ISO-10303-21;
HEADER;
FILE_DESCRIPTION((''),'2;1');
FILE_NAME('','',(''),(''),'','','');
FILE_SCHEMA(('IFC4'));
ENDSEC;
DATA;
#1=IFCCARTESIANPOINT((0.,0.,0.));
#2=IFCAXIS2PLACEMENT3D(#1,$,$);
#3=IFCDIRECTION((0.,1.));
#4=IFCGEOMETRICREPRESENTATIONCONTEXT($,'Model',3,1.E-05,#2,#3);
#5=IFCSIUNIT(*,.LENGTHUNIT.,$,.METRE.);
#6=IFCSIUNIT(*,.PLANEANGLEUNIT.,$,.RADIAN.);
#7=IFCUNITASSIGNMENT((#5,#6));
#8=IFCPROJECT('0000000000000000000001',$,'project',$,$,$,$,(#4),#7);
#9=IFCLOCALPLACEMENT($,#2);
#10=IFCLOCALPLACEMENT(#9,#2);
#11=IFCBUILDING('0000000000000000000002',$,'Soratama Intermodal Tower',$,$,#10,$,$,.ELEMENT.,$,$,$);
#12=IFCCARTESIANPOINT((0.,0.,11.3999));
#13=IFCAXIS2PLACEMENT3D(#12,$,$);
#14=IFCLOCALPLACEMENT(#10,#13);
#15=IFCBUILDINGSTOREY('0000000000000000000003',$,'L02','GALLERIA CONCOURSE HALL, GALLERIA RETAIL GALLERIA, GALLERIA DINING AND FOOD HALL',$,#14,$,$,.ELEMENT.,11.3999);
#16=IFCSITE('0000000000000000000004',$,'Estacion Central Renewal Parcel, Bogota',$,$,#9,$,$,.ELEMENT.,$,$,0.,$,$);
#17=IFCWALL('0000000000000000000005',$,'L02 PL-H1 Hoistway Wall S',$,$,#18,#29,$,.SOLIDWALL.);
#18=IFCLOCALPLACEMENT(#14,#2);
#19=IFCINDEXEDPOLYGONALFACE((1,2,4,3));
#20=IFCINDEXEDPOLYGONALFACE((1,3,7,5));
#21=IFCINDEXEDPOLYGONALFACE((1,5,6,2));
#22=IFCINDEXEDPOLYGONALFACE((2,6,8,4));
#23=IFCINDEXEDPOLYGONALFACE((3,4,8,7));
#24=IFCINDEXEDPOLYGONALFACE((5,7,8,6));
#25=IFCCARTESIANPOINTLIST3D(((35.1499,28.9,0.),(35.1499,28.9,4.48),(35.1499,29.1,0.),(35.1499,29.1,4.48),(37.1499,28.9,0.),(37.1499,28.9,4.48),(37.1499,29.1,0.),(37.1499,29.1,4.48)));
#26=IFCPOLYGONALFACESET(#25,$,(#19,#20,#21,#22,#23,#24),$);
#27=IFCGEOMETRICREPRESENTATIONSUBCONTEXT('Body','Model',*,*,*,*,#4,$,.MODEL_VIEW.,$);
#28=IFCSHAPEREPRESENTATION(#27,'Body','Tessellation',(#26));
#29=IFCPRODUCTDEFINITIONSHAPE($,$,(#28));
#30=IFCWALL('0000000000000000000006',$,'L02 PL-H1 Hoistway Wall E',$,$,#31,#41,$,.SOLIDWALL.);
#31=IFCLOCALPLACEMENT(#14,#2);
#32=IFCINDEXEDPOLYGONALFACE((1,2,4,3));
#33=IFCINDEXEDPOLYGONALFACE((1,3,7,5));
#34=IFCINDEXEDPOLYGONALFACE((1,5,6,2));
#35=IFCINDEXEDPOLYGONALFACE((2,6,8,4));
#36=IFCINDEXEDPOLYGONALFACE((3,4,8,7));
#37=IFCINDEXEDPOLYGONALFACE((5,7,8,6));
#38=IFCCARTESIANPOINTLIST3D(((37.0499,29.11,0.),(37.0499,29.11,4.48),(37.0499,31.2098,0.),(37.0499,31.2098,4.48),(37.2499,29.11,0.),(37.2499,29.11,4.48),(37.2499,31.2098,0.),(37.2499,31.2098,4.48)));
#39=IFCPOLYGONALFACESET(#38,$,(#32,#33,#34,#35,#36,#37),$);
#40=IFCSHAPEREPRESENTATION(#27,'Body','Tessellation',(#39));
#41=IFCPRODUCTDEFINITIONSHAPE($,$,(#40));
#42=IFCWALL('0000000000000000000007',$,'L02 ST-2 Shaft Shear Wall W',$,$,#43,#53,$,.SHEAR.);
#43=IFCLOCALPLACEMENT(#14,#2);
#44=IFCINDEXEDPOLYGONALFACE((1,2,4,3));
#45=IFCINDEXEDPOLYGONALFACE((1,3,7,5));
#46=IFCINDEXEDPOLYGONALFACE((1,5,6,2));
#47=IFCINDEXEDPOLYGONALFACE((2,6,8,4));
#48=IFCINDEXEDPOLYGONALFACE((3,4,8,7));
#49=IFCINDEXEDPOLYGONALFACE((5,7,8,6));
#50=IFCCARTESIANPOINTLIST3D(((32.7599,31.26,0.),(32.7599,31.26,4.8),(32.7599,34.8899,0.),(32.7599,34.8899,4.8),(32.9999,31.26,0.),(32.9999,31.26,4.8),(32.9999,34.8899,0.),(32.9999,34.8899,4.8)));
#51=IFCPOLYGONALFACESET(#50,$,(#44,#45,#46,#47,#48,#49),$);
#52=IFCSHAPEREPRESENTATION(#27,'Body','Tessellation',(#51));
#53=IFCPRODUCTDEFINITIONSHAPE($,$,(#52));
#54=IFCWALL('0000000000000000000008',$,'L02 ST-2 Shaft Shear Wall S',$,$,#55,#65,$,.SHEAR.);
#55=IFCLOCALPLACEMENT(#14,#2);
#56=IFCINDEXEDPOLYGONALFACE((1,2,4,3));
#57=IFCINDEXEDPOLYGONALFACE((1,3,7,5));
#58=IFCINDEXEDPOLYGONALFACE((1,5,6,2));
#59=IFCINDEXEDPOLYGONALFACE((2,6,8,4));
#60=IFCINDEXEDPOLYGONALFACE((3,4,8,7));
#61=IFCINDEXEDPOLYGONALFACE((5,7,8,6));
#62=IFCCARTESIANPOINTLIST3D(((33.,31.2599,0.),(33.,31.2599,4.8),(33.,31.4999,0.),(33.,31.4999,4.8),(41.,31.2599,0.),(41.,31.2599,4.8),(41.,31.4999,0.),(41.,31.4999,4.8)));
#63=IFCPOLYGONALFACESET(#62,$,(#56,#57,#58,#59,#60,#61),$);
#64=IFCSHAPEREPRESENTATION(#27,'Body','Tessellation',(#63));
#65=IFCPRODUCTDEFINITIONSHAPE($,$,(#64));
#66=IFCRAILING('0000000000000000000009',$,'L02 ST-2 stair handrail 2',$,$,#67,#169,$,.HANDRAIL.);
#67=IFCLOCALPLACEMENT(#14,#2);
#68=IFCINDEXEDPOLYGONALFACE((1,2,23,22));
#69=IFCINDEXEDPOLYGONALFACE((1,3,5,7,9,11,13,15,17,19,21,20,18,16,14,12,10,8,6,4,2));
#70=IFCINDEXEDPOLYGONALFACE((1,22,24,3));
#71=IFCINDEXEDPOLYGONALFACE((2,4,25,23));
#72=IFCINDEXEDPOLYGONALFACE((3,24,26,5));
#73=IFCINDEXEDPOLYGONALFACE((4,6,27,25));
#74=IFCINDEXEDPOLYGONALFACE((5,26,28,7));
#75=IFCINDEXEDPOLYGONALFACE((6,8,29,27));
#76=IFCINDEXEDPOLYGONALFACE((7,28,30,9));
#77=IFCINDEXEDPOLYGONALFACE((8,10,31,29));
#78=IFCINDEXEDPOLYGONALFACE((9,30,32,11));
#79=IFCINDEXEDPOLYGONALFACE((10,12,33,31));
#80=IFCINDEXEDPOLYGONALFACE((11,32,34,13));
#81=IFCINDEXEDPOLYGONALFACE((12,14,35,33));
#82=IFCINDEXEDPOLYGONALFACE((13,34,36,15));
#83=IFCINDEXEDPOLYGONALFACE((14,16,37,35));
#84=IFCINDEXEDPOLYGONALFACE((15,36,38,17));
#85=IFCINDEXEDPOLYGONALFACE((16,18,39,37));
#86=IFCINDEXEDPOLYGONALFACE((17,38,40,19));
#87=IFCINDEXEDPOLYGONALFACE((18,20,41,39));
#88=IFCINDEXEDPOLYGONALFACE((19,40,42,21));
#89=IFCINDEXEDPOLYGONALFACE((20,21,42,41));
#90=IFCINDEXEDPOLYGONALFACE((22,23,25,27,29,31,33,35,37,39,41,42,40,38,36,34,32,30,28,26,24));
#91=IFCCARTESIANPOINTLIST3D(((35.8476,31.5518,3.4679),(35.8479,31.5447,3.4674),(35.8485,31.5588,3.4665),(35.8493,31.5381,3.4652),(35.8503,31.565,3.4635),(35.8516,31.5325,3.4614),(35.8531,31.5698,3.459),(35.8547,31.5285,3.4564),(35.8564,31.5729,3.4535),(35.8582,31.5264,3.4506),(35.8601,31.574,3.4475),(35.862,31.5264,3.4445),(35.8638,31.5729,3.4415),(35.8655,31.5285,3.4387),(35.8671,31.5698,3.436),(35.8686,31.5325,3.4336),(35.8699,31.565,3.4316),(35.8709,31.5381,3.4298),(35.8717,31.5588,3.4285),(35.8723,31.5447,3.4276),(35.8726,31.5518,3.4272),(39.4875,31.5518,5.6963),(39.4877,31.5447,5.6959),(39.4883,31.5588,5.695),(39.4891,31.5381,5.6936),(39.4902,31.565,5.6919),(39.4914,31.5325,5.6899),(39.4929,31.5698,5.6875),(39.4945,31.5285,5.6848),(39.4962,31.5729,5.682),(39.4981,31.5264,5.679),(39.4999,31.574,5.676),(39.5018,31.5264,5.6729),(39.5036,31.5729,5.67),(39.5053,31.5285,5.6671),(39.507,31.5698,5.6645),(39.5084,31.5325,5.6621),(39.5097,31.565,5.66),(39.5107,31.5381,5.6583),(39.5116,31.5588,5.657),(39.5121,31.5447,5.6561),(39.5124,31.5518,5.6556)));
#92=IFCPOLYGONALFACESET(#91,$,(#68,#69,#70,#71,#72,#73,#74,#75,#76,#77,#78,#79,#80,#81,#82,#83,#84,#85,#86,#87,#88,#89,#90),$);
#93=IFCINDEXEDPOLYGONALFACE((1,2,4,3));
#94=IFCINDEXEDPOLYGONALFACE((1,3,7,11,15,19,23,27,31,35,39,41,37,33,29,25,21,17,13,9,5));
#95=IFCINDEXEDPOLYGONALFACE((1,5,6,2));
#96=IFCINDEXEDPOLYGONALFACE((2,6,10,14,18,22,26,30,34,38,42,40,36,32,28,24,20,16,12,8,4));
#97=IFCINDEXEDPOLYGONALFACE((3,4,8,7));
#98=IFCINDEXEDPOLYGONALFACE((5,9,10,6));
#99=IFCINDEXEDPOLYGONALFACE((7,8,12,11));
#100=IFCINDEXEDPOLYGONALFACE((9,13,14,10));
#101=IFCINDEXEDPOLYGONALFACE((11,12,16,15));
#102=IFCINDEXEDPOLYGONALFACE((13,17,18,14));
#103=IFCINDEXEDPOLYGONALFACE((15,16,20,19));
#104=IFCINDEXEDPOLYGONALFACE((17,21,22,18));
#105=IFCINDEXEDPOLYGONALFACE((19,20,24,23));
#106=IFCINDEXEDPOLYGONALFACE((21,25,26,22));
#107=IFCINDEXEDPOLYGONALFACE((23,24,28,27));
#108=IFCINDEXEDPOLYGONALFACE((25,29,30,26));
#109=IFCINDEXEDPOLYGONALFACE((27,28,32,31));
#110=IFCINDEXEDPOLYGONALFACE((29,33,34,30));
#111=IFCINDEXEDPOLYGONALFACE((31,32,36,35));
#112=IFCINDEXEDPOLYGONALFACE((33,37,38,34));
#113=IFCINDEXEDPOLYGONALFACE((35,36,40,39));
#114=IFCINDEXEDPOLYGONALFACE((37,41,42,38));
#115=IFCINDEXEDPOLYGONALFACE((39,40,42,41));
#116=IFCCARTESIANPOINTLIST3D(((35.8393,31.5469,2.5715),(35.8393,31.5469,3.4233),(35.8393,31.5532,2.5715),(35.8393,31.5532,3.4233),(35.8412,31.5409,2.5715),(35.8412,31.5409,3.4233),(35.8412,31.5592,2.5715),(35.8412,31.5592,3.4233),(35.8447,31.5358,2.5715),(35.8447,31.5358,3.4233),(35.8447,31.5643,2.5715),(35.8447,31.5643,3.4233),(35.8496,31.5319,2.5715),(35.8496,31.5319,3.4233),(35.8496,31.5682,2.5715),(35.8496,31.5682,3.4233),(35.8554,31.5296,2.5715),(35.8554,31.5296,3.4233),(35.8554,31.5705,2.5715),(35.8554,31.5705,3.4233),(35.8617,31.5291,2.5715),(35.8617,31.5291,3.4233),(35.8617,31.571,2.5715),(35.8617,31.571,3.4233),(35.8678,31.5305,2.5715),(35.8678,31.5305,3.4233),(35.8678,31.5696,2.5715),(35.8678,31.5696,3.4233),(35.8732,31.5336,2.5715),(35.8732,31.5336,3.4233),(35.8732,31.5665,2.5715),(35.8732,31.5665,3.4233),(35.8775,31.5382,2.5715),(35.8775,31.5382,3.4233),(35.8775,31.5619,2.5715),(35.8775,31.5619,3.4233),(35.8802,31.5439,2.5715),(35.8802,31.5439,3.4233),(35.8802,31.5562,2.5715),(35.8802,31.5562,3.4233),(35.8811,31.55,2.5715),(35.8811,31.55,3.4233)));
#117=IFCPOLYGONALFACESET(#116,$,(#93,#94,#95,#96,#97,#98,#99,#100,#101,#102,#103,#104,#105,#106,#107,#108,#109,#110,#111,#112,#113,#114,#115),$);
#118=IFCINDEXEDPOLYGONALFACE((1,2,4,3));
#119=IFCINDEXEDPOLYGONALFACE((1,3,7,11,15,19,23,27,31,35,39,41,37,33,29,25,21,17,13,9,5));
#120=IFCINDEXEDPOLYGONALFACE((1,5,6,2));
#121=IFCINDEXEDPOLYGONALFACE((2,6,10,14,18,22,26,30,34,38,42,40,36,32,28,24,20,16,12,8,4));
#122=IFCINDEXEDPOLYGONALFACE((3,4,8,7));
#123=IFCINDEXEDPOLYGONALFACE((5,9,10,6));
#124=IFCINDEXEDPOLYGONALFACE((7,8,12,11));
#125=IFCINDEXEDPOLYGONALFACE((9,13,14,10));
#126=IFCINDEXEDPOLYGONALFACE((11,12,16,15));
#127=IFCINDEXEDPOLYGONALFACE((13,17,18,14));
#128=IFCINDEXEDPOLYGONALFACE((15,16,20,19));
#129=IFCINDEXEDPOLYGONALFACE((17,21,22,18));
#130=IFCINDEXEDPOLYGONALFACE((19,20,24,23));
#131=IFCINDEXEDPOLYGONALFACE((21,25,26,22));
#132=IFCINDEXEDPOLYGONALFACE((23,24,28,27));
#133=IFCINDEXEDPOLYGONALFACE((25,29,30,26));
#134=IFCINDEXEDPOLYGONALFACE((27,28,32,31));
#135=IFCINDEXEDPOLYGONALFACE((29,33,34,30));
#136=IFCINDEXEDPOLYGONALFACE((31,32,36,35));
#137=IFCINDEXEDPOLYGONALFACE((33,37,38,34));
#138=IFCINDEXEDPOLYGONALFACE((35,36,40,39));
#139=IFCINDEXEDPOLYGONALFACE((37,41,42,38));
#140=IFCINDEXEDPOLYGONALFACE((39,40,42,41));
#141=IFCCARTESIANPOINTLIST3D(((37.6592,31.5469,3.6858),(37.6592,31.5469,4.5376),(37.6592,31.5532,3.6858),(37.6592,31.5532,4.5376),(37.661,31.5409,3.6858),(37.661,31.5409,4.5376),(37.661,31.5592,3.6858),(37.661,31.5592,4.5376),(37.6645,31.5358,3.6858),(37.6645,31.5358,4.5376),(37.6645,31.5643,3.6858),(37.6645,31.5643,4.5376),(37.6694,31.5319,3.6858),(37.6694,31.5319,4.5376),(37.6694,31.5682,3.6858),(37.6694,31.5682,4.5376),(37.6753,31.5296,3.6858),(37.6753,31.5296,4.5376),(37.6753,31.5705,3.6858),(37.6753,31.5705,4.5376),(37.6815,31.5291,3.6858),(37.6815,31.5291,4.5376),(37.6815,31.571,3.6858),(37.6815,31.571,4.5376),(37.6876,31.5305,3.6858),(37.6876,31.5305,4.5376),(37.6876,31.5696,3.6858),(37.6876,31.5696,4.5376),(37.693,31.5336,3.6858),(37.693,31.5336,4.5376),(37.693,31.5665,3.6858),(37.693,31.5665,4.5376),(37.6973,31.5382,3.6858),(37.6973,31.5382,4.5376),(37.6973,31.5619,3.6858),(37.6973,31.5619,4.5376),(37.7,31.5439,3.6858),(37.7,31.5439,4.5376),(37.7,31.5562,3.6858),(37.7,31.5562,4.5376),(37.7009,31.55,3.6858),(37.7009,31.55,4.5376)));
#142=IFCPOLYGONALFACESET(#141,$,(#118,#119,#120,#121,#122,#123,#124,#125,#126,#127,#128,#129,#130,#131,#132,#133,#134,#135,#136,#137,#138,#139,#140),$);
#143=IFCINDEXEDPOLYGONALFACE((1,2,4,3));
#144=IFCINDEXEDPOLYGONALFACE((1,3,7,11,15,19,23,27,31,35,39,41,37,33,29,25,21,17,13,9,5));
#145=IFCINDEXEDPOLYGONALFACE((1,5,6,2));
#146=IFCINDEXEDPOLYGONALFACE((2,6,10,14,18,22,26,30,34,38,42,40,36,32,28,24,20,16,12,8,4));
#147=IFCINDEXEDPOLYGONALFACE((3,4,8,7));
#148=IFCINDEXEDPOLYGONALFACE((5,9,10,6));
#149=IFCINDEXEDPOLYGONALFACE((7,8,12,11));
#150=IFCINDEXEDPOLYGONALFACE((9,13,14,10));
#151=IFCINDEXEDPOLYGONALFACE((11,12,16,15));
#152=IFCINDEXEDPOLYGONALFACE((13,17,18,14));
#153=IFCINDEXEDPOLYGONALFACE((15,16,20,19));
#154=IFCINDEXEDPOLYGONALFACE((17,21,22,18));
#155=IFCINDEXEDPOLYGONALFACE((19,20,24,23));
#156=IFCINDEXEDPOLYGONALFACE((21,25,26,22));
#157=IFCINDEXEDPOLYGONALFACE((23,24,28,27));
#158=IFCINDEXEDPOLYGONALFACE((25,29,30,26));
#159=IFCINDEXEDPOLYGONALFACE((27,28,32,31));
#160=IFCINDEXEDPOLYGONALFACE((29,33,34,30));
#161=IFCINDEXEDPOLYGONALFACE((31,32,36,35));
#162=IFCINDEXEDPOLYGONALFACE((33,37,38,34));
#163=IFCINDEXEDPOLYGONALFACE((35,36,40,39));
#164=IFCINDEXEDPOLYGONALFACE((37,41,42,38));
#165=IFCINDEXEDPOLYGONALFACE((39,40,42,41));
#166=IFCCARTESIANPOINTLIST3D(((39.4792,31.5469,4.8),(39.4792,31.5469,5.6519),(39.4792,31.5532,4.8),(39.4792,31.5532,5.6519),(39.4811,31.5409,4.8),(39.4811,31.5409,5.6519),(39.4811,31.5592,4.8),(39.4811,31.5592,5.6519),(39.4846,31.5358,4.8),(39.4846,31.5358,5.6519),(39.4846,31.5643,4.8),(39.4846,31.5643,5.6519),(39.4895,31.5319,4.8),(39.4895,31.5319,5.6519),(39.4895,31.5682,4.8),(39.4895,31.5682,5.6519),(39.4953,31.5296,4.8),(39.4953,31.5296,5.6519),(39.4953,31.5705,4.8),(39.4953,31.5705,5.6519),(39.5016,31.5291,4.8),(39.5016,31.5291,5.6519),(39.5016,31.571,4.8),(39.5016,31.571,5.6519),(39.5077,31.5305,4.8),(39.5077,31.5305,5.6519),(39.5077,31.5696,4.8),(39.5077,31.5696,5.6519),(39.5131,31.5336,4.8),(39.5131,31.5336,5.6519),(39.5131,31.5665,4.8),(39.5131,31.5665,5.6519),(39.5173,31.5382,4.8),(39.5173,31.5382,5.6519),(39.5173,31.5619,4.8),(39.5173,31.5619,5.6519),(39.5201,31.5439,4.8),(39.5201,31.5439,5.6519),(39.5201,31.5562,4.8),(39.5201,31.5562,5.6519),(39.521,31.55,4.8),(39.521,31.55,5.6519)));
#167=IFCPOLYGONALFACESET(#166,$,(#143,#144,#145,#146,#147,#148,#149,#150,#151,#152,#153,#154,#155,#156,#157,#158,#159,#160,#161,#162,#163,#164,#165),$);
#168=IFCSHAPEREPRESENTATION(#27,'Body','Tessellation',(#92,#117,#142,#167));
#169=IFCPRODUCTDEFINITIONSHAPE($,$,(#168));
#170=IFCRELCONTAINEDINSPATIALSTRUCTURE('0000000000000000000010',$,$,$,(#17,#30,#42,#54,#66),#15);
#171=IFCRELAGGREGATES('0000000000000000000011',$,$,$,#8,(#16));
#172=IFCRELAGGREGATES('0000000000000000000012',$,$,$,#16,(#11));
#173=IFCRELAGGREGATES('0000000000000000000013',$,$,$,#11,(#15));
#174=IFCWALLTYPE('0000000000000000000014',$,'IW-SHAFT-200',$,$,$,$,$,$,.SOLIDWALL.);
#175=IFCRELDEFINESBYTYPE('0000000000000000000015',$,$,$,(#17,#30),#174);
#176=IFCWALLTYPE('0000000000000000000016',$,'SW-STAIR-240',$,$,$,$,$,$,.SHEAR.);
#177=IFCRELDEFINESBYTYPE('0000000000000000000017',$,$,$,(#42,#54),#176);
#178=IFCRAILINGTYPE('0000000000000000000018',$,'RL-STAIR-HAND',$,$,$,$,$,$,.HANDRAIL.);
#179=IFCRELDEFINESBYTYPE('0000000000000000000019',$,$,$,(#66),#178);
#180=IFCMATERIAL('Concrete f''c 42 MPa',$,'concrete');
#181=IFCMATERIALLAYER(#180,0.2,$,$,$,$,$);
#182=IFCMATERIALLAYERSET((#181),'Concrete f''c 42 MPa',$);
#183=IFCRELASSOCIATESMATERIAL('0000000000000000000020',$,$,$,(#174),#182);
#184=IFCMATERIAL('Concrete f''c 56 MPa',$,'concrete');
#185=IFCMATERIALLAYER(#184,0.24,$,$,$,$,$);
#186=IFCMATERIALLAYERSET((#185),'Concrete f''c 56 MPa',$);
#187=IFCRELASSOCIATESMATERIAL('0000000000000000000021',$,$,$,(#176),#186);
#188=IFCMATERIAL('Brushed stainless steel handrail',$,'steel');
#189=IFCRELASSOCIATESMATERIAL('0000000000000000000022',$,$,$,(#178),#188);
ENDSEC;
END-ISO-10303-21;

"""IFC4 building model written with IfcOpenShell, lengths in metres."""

from ifc_helpers import new_model, si_unit, direction, frame, frame_2d, origin, origin_2d, place, context, subcontext, project, spatial, rectangle, circle, extrude, material, layer, layer_set, type_object, element, save


model = new_model("IFC4")

# Units and contexts
model_context = context("Model", 3, precision=1e-05, world=origin(), true_north=direction((0.0, 1.0)))
body_context = subcontext(model_context, "Body", "Model", "MODEL_VIEW")
ifc_project = project(units=[si_unit("LENGTHUNIT", "METRE"), si_unit("PLANEANGLEUNIT", "RADIAN")], contexts=[model_context])

# Site, building, storey
site_placement = place(None, origin())
site = spatial("IfcSite", under=ifc_project, at=site_placement, Name="Estacion Central Renewal Parcel, Bogota", CompositionType="ELEMENT", RefElevation=0.0)
building_placement = place(site_placement, origin())
building = spatial("IfcBuilding", under=site, at=building_placement, Name="Soratama Intermodal Tower", CompositionType="ELEMENT")
storey_placement = place(building_placement, frame((0.0, 0.0, 11.3999)))
storey = spatial("IfcBuildingStorey", under=building, at=storey_placement, Name="L02", Description="GALLERIA CONCOURSE HALL, GALLERIA RETAIL GALLERIA, GALLERIA DINING AND FOOD HALL", CompositionType="ELEMENT", Elevation=11.3999)

# Walls
ifc_material_1 = material(Name="Concrete f'c 42 MPa", Category="concrete")
ifc_layer_1 = layer(ifc_material_1, 0.2)
ifc_layer_set_1 = layer_set([ifc_layer_1], Name="Concrete f'c 42 MPa")
wall_type_1 = type_object("IfcWallType", Name="IW-SHAFT-200", PredefinedType="SOLIDWALL", material=ifc_layer_set_1)
wall_1_placement = place(storey_placement, frame((35.1499, 29.0, 0.0), z_axis=(0.0, 0.0, 1.0), x_axis=(1.0, 0.0, 0.0)))
element("IfcWall", 1, at=wall_1_placement, inside=storey, type_object=wall_type_1, Name="L02 PL-H1 Hoistway Wall S", PredefinedType="SOLIDWALL", context=body_context, shape_type="SweptSolid", body=[
    extrude(rectangle(XDim=2.0, YDim=0.2, at=frame_2d((1.0, 0.0))), origin(), (0.0, 0.0, 1.0), 4.48),
])
wall_2_placement = place(storey_placement, frame((37.1499, 29.1101, 0.0), z_axis=(0.0, 0.0, 1.0), x_axis=(0.0, 1.0, 0.0)))
element("IfcWall", 2, at=wall_2_placement, inside=storey, type_object=wall_type_1, Name="L02 PL-H1 Hoistway Wall E", PredefinedType="SOLIDWALL", context=body_context, shape_type="SweptSolid", body=[
    extrude(rectangle(XDim=2.0999, YDim=0.2, at=frame_2d((1.0498, 0.0))), origin(), (0.0, 0.0, 1.0), 4.48),
])
ifc_material_2 = material(Name="Concrete f'c 56 MPa", Category="concrete")
ifc_layer_2 = layer(ifc_material_2, 0.24)
ifc_layer_set_2 = layer_set([ifc_layer_2], Name="Concrete f'c 56 MPa")
wall_type_2 = type_object("IfcWallType", Name="SW-STAIR-240", PredefinedType="SHEAR", material=ifc_layer_set_2)
wall_3_placement = place(storey_placement, frame((32.8799, 31.26, 0.0), z_axis=(0.0, 0.0, 1.0), x_axis=(0.0, 1.0, 0.0)))
element("IfcWall", 3, at=wall_3_placement, inside=storey, type_object=wall_type_2, Name="L02 ST-2 Shaft Shear Wall W", PredefinedType="SHEAR", context=body_context, shape_type="SweptSolid", body=[
    extrude(rectangle(XDim=3.6299, YDim=0.24, at=frame_2d((1.8149, 0.0))), origin(), (0.0, 0.0, 1.0), 4.8),
])
wall_4_placement = place(storey_placement, frame((33.0, 31.3799, 0.0), z_axis=(0.0, 0.0, 1.0), x_axis=(1.0, 0.0, 0.0)))
element("IfcWall", 4, at=wall_4_placement, inside=storey, type_object=wall_type_2, Name="L02 ST-2 Shaft Shear Wall S", PredefinedType="SHEAR", context=body_context, shape_type="SweptSolid", body=[
    extrude(rectangle(XDim=8.0, YDim=0.24, at=frame_2d((4.0, 0.0))), origin(), (0.0, 0.0, 1.0), 4.8),
])

# Railing
ifc_material_3 = material(Name="Brushed stainless steel handrail", Category="steel")
railing_type = type_object("IfcRailingType", Name="RL-STAIR-HAND", PredefinedType="HANDRAIL", material=ifc_material_3)
railing_placement = place(storey_placement, frame((35.8601, 31.55, 2.5715)))
element("IfcRailing", 5, at=railing_placement, inside=storey, type_object=railing_type, Name="L02 ST-2 stair handrail 2", PredefinedType="HANDRAIL", context=body_context, shape_type="SweptSolid", body=[
    extrude(circle(Radius=0.0239, at=origin_2d()), frame((0.0, 0.0, 0.876), z_axis=(0.85285, 0.0, 0.522156), x_axis=(0.0, 1.0, 0.0)), (0.0, 0.0, 1.0), 4.2678),
    extrude(circle(Radius=0.021, at=origin_2d()), origin(), (0.0, 0.0, 1.0), 0.8518),
    extrude(circle(Radius=0.021, at=origin_2d()), frame((1.8198, 0.0, 1.1143)), (0.0, 0.0, 1.0), 0.8518),
    extrude(circle(Radius=0.021, at=origin_2d()), frame((3.6399, 0.0, 2.2285)), (0.0, 0.0, 1.0), 0.8518),
])

save(model, "model.ifc")
